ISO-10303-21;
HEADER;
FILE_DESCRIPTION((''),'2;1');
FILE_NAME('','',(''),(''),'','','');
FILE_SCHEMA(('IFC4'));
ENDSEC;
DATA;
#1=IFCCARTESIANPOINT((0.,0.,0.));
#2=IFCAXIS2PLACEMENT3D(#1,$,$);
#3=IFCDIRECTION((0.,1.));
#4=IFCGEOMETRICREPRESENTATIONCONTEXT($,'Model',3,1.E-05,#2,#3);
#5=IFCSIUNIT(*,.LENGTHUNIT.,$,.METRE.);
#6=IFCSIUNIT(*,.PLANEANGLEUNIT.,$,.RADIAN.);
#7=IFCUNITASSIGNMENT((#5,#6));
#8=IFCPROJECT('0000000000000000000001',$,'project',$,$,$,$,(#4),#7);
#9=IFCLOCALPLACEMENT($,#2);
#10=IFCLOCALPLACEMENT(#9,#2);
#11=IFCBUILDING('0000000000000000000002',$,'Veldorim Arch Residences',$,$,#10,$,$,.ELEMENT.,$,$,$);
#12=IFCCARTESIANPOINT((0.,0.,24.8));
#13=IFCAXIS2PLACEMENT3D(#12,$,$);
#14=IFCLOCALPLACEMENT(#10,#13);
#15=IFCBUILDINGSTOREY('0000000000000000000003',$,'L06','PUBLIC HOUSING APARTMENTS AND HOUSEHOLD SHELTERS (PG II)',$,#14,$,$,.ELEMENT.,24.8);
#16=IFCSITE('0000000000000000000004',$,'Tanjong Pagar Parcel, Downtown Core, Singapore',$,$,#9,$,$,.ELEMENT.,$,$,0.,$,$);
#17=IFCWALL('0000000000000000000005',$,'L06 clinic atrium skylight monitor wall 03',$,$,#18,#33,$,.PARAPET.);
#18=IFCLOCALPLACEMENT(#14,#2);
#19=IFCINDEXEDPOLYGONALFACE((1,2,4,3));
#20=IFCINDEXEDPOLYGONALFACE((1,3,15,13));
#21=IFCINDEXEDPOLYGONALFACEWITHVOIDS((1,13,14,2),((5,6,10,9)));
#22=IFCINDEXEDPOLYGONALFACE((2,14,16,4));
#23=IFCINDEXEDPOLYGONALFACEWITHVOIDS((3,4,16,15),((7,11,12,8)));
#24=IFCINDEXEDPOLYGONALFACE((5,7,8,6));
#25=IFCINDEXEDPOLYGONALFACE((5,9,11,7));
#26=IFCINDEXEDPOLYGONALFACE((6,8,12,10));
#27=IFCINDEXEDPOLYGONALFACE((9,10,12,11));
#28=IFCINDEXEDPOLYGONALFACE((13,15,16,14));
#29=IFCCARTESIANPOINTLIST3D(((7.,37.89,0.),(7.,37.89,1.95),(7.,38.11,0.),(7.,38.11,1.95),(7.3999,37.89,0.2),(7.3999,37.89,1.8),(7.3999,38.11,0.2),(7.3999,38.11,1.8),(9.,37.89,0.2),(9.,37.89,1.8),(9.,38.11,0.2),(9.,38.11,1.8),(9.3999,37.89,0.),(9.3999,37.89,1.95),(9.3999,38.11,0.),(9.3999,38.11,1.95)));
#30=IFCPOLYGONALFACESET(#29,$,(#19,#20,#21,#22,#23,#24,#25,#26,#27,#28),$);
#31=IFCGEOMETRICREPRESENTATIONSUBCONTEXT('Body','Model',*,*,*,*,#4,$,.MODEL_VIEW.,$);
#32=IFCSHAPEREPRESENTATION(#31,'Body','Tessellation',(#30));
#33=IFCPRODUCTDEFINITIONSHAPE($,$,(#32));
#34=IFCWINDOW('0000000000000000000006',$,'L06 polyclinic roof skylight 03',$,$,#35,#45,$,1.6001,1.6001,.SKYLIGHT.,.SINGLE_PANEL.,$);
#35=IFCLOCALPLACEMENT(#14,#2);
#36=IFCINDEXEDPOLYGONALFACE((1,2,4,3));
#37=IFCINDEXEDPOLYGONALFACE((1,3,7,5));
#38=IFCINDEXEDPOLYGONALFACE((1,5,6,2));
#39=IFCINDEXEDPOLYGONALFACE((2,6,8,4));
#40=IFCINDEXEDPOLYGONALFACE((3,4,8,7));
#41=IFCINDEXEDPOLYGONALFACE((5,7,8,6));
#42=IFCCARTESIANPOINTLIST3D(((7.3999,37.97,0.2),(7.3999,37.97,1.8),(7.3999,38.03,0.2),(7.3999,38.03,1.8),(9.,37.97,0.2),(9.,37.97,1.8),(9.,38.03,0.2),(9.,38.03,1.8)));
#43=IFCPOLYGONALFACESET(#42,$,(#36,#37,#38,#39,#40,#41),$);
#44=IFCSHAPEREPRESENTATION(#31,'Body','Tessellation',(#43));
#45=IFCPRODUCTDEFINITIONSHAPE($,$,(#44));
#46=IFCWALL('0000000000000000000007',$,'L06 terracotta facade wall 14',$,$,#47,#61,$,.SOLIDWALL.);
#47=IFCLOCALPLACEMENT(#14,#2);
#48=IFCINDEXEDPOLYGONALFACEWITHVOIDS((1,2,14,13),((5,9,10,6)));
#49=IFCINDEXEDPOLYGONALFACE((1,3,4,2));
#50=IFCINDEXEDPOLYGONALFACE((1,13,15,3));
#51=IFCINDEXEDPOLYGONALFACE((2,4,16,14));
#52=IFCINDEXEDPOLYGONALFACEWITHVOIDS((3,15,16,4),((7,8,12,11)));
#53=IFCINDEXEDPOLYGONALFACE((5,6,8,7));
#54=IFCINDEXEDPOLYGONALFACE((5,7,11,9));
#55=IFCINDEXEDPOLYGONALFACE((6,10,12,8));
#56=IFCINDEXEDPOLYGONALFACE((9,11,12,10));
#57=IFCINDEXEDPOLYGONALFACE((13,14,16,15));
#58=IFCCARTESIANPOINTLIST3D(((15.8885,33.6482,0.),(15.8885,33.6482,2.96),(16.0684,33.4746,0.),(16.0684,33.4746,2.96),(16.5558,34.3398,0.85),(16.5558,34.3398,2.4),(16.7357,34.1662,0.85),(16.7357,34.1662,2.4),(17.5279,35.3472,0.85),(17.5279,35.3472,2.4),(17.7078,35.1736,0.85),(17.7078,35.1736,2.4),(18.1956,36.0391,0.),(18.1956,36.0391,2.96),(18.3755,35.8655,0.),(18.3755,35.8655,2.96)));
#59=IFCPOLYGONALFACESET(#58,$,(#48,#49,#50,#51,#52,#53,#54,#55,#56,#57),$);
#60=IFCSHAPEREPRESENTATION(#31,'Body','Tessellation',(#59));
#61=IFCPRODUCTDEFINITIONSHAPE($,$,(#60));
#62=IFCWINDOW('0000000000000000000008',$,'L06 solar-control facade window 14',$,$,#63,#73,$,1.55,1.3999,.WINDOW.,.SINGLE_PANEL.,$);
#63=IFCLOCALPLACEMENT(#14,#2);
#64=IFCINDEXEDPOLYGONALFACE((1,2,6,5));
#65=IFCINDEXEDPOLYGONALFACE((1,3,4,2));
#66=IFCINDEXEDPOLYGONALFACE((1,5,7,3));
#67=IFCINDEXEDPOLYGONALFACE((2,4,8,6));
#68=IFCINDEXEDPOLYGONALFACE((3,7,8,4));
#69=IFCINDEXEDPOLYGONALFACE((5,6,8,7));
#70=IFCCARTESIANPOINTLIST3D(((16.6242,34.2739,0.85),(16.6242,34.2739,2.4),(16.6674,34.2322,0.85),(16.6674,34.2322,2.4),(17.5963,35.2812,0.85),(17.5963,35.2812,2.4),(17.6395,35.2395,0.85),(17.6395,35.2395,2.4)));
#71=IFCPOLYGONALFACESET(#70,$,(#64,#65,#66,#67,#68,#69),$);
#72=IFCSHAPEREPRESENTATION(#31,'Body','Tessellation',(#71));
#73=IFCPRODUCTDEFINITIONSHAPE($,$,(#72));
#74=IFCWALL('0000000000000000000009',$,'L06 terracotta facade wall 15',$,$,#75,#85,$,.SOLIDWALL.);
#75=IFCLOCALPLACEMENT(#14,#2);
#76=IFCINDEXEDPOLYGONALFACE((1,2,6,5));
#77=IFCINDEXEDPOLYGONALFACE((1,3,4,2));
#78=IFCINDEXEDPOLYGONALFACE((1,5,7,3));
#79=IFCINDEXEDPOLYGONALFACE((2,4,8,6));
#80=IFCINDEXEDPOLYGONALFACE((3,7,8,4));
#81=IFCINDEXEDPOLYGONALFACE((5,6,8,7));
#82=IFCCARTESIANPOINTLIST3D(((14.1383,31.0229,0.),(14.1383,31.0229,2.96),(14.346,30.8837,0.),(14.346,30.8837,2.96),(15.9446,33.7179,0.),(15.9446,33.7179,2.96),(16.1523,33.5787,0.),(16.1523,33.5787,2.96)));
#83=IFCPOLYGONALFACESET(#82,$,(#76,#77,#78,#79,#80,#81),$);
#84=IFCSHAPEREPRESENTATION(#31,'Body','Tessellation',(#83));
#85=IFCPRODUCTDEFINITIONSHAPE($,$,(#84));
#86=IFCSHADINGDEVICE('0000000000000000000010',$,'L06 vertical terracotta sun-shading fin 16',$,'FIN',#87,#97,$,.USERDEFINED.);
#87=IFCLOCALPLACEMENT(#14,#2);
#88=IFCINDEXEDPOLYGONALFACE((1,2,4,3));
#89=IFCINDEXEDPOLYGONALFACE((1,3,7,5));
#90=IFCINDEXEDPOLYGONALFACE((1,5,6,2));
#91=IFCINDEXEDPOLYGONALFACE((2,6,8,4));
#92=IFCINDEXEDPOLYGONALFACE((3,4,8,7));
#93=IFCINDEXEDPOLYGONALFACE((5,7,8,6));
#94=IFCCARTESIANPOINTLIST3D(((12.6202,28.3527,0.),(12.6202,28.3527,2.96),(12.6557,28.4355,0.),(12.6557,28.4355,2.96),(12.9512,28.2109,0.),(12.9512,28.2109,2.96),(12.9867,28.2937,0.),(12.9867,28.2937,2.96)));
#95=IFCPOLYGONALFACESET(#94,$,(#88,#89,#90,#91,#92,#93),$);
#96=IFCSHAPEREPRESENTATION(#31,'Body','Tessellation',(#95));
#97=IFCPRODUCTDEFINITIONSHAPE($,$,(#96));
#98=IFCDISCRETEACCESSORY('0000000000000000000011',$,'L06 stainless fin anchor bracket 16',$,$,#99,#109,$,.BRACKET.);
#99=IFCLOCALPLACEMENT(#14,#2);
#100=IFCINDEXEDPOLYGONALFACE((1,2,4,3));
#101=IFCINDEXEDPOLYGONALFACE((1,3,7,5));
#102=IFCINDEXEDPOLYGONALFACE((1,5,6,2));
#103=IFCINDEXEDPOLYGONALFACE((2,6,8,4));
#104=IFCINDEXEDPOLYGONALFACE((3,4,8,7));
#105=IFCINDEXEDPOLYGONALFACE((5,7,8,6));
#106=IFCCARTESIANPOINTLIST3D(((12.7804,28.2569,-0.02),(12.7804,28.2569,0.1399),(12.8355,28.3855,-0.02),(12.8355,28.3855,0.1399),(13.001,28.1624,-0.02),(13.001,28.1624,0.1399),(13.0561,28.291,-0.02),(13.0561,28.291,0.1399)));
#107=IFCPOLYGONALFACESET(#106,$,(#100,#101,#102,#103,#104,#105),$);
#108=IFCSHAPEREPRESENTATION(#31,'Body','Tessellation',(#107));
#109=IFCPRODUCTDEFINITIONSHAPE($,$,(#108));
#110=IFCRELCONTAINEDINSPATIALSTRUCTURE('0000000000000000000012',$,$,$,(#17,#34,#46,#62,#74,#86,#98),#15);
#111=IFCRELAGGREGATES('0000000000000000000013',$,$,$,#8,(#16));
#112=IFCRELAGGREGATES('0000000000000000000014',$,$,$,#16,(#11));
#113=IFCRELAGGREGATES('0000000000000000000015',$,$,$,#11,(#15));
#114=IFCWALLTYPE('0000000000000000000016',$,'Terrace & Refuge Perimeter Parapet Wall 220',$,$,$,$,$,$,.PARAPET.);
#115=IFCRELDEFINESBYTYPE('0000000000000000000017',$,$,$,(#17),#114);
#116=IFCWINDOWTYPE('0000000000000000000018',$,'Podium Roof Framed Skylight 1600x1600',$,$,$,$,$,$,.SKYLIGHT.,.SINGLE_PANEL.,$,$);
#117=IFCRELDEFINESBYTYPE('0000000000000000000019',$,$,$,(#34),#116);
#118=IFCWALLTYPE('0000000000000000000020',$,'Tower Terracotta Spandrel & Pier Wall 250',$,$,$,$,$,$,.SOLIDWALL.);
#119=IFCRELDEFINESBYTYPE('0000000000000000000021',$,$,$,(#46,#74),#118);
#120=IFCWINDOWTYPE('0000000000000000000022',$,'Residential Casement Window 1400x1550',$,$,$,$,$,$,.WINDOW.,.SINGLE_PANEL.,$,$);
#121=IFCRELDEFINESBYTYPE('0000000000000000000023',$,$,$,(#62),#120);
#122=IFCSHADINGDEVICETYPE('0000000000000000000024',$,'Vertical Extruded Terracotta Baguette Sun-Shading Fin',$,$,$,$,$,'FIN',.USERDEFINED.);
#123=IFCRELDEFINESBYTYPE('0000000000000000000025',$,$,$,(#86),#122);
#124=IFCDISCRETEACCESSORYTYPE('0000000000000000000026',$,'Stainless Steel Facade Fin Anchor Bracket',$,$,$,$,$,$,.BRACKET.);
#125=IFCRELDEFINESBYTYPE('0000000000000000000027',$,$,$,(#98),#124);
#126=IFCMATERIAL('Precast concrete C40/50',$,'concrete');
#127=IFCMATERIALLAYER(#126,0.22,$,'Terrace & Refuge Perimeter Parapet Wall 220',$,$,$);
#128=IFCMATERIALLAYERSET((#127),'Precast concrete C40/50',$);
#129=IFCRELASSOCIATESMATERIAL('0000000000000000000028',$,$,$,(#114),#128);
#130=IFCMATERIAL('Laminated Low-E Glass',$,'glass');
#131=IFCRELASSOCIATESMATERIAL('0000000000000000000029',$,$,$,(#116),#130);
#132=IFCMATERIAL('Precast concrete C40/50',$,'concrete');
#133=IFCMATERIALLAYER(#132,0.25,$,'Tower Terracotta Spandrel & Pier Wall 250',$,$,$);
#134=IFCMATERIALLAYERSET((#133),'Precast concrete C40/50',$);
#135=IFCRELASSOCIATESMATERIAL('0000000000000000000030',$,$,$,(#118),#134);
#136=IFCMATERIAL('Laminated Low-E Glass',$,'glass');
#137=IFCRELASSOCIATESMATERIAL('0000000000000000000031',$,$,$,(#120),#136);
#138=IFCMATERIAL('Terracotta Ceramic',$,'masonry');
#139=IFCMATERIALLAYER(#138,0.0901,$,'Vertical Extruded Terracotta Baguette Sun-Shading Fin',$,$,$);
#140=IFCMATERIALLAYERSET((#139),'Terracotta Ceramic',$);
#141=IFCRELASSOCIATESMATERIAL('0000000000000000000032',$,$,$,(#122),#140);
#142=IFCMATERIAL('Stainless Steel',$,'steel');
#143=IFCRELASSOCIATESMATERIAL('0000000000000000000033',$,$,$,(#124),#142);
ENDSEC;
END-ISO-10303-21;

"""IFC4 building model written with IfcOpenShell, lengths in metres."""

from ifc_helpers import new_model, si_unit, direction, frame, frame_2d, origin, origin_2d, place, context, subcontext, project, spatial, rectangle, extrude, material, layer, layer_set, type_object, element, fill, save


model = new_model("IFC4")

# Units and contexts
model_context = context("Model", 3, precision=1e-05, world=origin(), true_north=direction((0.0, 1.0)))
body_context = subcontext(model_context, "Body", "Model", "MODEL_VIEW")
ifc_project = project(units=[si_unit("LENGTHUNIT", "METRE"), si_unit("PLANEANGLEUNIT", "RADIAN")], contexts=[model_context])

# Site, building, storey
site_placement = place(None, origin())
site = spatial("IfcSite", under=ifc_project, at=site_placement, Name="Tanjong Pagar Parcel, Downtown Core, Singapore", CompositionType="ELEMENT", RefElevation=0.0)
building_placement = place(site_placement, origin())
building = spatial("IfcBuilding", under=site, at=building_placement, Name="Veldorim Arch Residences", CompositionType="ELEMENT")
storey_placement = place(building_placement, frame((0.0, 0.0, 24.8)))
storey = spatial("IfcBuildingStorey", under=building, at=storey_placement, Name="L06", Description="PUBLIC HOUSING APARTMENTS AND HOUSEHOLD SHELTERS (PG II)", CompositionType="ELEMENT", Elevation=24.8)

# Shared definitions
ifc_material_1 = material(Name="Precast concrete C40/50", Category="concrete")
ifc_layer_1 = layer(ifc_material_1, 0.22, Name="Terrace & Refuge Perimeter Parapet Wall 220")
ifc_layer_set_1 = layer_set([ifc_layer_1], Name="Precast concrete C40/50")
wall_type_1 = type_object("IfcWallType", Name="Terrace & Refuge Perimeter Parapet Wall 220", PredefinedType="PARAPET", material=ifc_layer_set_1)

# Walls, openings, windows
wall_1_placement = place(storey_placement, frame((7.0, 38.0, 0.0), z_axis=(0.0, 0.0, 1.0), x_axis=(1.0, 0.0, 0.0)))
wall_1 = element("IfcWall", 1, at=wall_1_placement, inside=storey, type_object=wall_type_1, Name="L06 clinic atrium skylight monitor wall 03", PredefinedType="PARAPET", context=body_context, shape_type="SweptSolid", body=[
    extrude(rectangle(XDim=2.3999, YDim=0.22, at=frame_2d((1.2, 0.0))), origin(), (0.0, 0.0, 1.0), 1.95),
])
opening_1_placement = place(wall_1_placement, frame((0.3999, 0.0, 0.2)))
opening_1 = element("IfcOpeningElement", 2, at=opening_1_placement, cuts=wall_1, PredefinedType="OPENING", context=body_context, shape_type="SweptSolid", body=[
    extrude(rectangle(XDim=1.6001, YDim=1.6001, at=frame_2d((0.8, 0.8))), frame((0.0, 0.1199, 0.0), z_axis=(0.0, -1.0, 0.0), x_axis=(1.0, 0.0, 0.0)), (0.0, 0.0, 1.0), 0.24),
])
ifc_material_2 = material(Name="Laminated Low-E Glass", Category="glass")
window_type_1 = type_object("IfcWindowType", Name="Podium Roof Framed Skylight 1600x1600", PartitioningType="SINGLE_PANEL", PredefinedType="SKYLIGHT", material=ifc_material_2)
window_1_placement = place(opening_1_placement, origin())
window_1 = element("IfcWindow", 3, at=window_1_placement, inside=storey, type_object=window_type_1, Name="L06 polyclinic roof skylight 03", OverallHeight=1.6001, OverallWidth=1.6001, PartitioningType="SINGLE_PANEL", PredefinedType="SKYLIGHT", context=body_context, shape_type="SweptSolid", body=[
    extrude(rectangle(XDim=1.6001, YDim=1.6001, at=frame_2d((0.8, 0.8))), frame((0.0, 0.03, 0.0), z_axis=(0.0, -1.0, 0.0), x_axis=(1.0, 0.0, 0.0)), (0.0, 0.0, 1.0), 0.0601),
])
fill(opening_1, window_1)
ifc_material_3 = material(Name="Precast concrete C40/50", Category="concrete")
ifc_layer_2 = layer(ifc_material_3, 0.25, Name="Tower Terracotta Spandrel & Pier Wall 250")
ifc_layer_set_2 = layer_set([ifc_layer_2], Name="Precast concrete C40/50")
wall_type_2 = type_object("IfcWallType", Name="Tower Terracotta Spandrel & Pier Wall 250", PredefinedType="SOLIDWALL", material=ifc_layer_set_2)
wall_2_placement = place(storey_placement, frame((15.9785, 33.5615, 0.0), z_axis=(0.0, 0.0, 1.0), x_axis=(0.694393, 0.719596, 0.0)))
wall_2 = element("IfcWall", 4, at=wall_2_placement, inside=storey, type_object=wall_type_2, Name="L06 terracotta facade wall 14", PredefinedType="SOLIDWALL", context=body_context, shape_type="SweptSolid", body=[
    extrude(rectangle(XDim=3.3225, YDim=0.25, at=frame_2d((1.6611, 0.0))), origin(), (0.0, 0.0, 1.0), 2.96),
])
opening_2_placement = place(wall_2_placement, frame((0.9609, 0.0, 0.8501)))
opening_2 = element("IfcOpeningElement", 5, at=opening_2_placement, cuts=wall_2, PredefinedType="OPENING", context=body_context, shape_type="SweptSolid", body=[
    extrude(rectangle(XDim=1.3999, YDim=1.55, at=frame_2d((0.7, 0.7749))), frame((0.0, 0.135, 0.0), z_axis=(0.0, -1.0, 0.0), x_axis=(1.0, 0.0, 0.0)), (0.0, 0.0, 1.0), 0.27),
])
ifc_material_4 = material(Name="Laminated Low-E Glass", Category="glass")
window_type_2 = type_object("IfcWindowType", Name="Residential Casement Window 1400x1550", PartitioningType="SINGLE_PANEL", PredefinedType="WINDOW", material=ifc_material_4)
window_2_placement = place(opening_2_placement, origin())
window_2 = element("IfcWindow", 6, at=window_2_placement, inside=storey, type_object=window_type_2, Name="L06 solar-control facade window 14", OverallHeight=1.55, OverallWidth=1.3999, PartitioningType="SINGLE_PANEL", PredefinedType="WINDOW", context=body_context, shape_type="SweptSolid", body=[
    extrude(rectangle(XDim=1.3999, YDim=1.55, at=frame_2d((0.7, 0.7749))), frame((0.0, 0.03, 0.0), z_axis=(0.0, -1.0, 0.0), x_axis=(1.0, 0.0, 0.0)), (0.0, 0.0, 1.0), 0.0601),
])
fill(opening_2, window_2)

# Wall
wall_3_placement = place(storey_placement, frame((14.2422, 30.9534, 0.0), z_axis=(0.0, 0.0, 1.0), x_axis=(0.556765, 0.83067, 0.0)))
element("IfcWall", 7, at=wall_3_placement, inside=storey, type_object=wall_type_2, Name="L06 terracotta facade wall 15", PredefinedType="SOLIDWALL", context=body_context, shape_type="SweptSolid", body=[
    extrude(rectangle(XDim=3.2444, YDim=0.25, at=frame_2d((1.6221, 0.0))), origin(), (0.0, 0.0, 1.0), 2.96),
])

# Shading device
ifc_material_5 = material(Name="Terracotta Ceramic", Category="masonry")
ifc_layer_3 = layer(ifc_material_5, 0.0901, Name="Vertical Extruded Terracotta Baguette Sun-Shading Fin")
ifc_layer_set_3 = layer_set([ifc_layer_3], Name="Terracotta Ceramic")
shading_device_type = type_object("IfcShadingDeviceType", Name="Vertical Extruded Terracotta Baguette Sun-Shading Fin", ElementType="FIN", PredefinedType="USERDEFINED", material=ifc_layer_set_3)
shading_device_placement = place(storey_placement, frame((12.8035, 28.3232, 0.0), z_axis=(0.0, 0.0, 1.0), x_axis=(0.393781, 0.919204, 0.0)))
element("IfcShadingDevice", 8, at=shading_device_placement, inside=storey, type_object=shading_device_type, Name="L06 vertical terracotta sun-shading fin 16", ObjectType="FIN", PredefinedType="USERDEFINED", context=body_context, shape_type="SweptSolid", body=[
    extrude(rectangle(XDim=0.0901, YDim=0.3601, at=origin_2d()), origin(), (0.0, 0.0, 1.0), 2.96),
])

# Discrete accessory
ifc_material_6 = material(Name="Stainless Steel", Category="steel")
discrete_accessory_type = type_object("IfcDiscreteAccessoryType", Name="Stainless Steel Facade Fin Anchor Bracket", PredefinedType="BRACKET", material=ifc_material_6)
discrete_accessory_placement = place(storey_placement, frame((12.9182, 28.2739, -0.02), z_axis=(0.0, 0.0, 1.0), x_axis=(0.393781, 0.919204, 0.0)))
element("IfcDiscreteAccessory", 9, at=discrete_accessory_placement, inside=storey, type_object=discrete_accessory_type, Name="L06 stainless fin anchor bracket 16", PredefinedType="BRACKET", context=body_context, shape_type="SweptSolid", body=[
    extrude(rectangle(XDim=0.1399, YDim=0.24, at=origin_2d()), origin(), (0.0, 0.0, 1.0), 0.1599),
])

save(model, "model.ifc")
